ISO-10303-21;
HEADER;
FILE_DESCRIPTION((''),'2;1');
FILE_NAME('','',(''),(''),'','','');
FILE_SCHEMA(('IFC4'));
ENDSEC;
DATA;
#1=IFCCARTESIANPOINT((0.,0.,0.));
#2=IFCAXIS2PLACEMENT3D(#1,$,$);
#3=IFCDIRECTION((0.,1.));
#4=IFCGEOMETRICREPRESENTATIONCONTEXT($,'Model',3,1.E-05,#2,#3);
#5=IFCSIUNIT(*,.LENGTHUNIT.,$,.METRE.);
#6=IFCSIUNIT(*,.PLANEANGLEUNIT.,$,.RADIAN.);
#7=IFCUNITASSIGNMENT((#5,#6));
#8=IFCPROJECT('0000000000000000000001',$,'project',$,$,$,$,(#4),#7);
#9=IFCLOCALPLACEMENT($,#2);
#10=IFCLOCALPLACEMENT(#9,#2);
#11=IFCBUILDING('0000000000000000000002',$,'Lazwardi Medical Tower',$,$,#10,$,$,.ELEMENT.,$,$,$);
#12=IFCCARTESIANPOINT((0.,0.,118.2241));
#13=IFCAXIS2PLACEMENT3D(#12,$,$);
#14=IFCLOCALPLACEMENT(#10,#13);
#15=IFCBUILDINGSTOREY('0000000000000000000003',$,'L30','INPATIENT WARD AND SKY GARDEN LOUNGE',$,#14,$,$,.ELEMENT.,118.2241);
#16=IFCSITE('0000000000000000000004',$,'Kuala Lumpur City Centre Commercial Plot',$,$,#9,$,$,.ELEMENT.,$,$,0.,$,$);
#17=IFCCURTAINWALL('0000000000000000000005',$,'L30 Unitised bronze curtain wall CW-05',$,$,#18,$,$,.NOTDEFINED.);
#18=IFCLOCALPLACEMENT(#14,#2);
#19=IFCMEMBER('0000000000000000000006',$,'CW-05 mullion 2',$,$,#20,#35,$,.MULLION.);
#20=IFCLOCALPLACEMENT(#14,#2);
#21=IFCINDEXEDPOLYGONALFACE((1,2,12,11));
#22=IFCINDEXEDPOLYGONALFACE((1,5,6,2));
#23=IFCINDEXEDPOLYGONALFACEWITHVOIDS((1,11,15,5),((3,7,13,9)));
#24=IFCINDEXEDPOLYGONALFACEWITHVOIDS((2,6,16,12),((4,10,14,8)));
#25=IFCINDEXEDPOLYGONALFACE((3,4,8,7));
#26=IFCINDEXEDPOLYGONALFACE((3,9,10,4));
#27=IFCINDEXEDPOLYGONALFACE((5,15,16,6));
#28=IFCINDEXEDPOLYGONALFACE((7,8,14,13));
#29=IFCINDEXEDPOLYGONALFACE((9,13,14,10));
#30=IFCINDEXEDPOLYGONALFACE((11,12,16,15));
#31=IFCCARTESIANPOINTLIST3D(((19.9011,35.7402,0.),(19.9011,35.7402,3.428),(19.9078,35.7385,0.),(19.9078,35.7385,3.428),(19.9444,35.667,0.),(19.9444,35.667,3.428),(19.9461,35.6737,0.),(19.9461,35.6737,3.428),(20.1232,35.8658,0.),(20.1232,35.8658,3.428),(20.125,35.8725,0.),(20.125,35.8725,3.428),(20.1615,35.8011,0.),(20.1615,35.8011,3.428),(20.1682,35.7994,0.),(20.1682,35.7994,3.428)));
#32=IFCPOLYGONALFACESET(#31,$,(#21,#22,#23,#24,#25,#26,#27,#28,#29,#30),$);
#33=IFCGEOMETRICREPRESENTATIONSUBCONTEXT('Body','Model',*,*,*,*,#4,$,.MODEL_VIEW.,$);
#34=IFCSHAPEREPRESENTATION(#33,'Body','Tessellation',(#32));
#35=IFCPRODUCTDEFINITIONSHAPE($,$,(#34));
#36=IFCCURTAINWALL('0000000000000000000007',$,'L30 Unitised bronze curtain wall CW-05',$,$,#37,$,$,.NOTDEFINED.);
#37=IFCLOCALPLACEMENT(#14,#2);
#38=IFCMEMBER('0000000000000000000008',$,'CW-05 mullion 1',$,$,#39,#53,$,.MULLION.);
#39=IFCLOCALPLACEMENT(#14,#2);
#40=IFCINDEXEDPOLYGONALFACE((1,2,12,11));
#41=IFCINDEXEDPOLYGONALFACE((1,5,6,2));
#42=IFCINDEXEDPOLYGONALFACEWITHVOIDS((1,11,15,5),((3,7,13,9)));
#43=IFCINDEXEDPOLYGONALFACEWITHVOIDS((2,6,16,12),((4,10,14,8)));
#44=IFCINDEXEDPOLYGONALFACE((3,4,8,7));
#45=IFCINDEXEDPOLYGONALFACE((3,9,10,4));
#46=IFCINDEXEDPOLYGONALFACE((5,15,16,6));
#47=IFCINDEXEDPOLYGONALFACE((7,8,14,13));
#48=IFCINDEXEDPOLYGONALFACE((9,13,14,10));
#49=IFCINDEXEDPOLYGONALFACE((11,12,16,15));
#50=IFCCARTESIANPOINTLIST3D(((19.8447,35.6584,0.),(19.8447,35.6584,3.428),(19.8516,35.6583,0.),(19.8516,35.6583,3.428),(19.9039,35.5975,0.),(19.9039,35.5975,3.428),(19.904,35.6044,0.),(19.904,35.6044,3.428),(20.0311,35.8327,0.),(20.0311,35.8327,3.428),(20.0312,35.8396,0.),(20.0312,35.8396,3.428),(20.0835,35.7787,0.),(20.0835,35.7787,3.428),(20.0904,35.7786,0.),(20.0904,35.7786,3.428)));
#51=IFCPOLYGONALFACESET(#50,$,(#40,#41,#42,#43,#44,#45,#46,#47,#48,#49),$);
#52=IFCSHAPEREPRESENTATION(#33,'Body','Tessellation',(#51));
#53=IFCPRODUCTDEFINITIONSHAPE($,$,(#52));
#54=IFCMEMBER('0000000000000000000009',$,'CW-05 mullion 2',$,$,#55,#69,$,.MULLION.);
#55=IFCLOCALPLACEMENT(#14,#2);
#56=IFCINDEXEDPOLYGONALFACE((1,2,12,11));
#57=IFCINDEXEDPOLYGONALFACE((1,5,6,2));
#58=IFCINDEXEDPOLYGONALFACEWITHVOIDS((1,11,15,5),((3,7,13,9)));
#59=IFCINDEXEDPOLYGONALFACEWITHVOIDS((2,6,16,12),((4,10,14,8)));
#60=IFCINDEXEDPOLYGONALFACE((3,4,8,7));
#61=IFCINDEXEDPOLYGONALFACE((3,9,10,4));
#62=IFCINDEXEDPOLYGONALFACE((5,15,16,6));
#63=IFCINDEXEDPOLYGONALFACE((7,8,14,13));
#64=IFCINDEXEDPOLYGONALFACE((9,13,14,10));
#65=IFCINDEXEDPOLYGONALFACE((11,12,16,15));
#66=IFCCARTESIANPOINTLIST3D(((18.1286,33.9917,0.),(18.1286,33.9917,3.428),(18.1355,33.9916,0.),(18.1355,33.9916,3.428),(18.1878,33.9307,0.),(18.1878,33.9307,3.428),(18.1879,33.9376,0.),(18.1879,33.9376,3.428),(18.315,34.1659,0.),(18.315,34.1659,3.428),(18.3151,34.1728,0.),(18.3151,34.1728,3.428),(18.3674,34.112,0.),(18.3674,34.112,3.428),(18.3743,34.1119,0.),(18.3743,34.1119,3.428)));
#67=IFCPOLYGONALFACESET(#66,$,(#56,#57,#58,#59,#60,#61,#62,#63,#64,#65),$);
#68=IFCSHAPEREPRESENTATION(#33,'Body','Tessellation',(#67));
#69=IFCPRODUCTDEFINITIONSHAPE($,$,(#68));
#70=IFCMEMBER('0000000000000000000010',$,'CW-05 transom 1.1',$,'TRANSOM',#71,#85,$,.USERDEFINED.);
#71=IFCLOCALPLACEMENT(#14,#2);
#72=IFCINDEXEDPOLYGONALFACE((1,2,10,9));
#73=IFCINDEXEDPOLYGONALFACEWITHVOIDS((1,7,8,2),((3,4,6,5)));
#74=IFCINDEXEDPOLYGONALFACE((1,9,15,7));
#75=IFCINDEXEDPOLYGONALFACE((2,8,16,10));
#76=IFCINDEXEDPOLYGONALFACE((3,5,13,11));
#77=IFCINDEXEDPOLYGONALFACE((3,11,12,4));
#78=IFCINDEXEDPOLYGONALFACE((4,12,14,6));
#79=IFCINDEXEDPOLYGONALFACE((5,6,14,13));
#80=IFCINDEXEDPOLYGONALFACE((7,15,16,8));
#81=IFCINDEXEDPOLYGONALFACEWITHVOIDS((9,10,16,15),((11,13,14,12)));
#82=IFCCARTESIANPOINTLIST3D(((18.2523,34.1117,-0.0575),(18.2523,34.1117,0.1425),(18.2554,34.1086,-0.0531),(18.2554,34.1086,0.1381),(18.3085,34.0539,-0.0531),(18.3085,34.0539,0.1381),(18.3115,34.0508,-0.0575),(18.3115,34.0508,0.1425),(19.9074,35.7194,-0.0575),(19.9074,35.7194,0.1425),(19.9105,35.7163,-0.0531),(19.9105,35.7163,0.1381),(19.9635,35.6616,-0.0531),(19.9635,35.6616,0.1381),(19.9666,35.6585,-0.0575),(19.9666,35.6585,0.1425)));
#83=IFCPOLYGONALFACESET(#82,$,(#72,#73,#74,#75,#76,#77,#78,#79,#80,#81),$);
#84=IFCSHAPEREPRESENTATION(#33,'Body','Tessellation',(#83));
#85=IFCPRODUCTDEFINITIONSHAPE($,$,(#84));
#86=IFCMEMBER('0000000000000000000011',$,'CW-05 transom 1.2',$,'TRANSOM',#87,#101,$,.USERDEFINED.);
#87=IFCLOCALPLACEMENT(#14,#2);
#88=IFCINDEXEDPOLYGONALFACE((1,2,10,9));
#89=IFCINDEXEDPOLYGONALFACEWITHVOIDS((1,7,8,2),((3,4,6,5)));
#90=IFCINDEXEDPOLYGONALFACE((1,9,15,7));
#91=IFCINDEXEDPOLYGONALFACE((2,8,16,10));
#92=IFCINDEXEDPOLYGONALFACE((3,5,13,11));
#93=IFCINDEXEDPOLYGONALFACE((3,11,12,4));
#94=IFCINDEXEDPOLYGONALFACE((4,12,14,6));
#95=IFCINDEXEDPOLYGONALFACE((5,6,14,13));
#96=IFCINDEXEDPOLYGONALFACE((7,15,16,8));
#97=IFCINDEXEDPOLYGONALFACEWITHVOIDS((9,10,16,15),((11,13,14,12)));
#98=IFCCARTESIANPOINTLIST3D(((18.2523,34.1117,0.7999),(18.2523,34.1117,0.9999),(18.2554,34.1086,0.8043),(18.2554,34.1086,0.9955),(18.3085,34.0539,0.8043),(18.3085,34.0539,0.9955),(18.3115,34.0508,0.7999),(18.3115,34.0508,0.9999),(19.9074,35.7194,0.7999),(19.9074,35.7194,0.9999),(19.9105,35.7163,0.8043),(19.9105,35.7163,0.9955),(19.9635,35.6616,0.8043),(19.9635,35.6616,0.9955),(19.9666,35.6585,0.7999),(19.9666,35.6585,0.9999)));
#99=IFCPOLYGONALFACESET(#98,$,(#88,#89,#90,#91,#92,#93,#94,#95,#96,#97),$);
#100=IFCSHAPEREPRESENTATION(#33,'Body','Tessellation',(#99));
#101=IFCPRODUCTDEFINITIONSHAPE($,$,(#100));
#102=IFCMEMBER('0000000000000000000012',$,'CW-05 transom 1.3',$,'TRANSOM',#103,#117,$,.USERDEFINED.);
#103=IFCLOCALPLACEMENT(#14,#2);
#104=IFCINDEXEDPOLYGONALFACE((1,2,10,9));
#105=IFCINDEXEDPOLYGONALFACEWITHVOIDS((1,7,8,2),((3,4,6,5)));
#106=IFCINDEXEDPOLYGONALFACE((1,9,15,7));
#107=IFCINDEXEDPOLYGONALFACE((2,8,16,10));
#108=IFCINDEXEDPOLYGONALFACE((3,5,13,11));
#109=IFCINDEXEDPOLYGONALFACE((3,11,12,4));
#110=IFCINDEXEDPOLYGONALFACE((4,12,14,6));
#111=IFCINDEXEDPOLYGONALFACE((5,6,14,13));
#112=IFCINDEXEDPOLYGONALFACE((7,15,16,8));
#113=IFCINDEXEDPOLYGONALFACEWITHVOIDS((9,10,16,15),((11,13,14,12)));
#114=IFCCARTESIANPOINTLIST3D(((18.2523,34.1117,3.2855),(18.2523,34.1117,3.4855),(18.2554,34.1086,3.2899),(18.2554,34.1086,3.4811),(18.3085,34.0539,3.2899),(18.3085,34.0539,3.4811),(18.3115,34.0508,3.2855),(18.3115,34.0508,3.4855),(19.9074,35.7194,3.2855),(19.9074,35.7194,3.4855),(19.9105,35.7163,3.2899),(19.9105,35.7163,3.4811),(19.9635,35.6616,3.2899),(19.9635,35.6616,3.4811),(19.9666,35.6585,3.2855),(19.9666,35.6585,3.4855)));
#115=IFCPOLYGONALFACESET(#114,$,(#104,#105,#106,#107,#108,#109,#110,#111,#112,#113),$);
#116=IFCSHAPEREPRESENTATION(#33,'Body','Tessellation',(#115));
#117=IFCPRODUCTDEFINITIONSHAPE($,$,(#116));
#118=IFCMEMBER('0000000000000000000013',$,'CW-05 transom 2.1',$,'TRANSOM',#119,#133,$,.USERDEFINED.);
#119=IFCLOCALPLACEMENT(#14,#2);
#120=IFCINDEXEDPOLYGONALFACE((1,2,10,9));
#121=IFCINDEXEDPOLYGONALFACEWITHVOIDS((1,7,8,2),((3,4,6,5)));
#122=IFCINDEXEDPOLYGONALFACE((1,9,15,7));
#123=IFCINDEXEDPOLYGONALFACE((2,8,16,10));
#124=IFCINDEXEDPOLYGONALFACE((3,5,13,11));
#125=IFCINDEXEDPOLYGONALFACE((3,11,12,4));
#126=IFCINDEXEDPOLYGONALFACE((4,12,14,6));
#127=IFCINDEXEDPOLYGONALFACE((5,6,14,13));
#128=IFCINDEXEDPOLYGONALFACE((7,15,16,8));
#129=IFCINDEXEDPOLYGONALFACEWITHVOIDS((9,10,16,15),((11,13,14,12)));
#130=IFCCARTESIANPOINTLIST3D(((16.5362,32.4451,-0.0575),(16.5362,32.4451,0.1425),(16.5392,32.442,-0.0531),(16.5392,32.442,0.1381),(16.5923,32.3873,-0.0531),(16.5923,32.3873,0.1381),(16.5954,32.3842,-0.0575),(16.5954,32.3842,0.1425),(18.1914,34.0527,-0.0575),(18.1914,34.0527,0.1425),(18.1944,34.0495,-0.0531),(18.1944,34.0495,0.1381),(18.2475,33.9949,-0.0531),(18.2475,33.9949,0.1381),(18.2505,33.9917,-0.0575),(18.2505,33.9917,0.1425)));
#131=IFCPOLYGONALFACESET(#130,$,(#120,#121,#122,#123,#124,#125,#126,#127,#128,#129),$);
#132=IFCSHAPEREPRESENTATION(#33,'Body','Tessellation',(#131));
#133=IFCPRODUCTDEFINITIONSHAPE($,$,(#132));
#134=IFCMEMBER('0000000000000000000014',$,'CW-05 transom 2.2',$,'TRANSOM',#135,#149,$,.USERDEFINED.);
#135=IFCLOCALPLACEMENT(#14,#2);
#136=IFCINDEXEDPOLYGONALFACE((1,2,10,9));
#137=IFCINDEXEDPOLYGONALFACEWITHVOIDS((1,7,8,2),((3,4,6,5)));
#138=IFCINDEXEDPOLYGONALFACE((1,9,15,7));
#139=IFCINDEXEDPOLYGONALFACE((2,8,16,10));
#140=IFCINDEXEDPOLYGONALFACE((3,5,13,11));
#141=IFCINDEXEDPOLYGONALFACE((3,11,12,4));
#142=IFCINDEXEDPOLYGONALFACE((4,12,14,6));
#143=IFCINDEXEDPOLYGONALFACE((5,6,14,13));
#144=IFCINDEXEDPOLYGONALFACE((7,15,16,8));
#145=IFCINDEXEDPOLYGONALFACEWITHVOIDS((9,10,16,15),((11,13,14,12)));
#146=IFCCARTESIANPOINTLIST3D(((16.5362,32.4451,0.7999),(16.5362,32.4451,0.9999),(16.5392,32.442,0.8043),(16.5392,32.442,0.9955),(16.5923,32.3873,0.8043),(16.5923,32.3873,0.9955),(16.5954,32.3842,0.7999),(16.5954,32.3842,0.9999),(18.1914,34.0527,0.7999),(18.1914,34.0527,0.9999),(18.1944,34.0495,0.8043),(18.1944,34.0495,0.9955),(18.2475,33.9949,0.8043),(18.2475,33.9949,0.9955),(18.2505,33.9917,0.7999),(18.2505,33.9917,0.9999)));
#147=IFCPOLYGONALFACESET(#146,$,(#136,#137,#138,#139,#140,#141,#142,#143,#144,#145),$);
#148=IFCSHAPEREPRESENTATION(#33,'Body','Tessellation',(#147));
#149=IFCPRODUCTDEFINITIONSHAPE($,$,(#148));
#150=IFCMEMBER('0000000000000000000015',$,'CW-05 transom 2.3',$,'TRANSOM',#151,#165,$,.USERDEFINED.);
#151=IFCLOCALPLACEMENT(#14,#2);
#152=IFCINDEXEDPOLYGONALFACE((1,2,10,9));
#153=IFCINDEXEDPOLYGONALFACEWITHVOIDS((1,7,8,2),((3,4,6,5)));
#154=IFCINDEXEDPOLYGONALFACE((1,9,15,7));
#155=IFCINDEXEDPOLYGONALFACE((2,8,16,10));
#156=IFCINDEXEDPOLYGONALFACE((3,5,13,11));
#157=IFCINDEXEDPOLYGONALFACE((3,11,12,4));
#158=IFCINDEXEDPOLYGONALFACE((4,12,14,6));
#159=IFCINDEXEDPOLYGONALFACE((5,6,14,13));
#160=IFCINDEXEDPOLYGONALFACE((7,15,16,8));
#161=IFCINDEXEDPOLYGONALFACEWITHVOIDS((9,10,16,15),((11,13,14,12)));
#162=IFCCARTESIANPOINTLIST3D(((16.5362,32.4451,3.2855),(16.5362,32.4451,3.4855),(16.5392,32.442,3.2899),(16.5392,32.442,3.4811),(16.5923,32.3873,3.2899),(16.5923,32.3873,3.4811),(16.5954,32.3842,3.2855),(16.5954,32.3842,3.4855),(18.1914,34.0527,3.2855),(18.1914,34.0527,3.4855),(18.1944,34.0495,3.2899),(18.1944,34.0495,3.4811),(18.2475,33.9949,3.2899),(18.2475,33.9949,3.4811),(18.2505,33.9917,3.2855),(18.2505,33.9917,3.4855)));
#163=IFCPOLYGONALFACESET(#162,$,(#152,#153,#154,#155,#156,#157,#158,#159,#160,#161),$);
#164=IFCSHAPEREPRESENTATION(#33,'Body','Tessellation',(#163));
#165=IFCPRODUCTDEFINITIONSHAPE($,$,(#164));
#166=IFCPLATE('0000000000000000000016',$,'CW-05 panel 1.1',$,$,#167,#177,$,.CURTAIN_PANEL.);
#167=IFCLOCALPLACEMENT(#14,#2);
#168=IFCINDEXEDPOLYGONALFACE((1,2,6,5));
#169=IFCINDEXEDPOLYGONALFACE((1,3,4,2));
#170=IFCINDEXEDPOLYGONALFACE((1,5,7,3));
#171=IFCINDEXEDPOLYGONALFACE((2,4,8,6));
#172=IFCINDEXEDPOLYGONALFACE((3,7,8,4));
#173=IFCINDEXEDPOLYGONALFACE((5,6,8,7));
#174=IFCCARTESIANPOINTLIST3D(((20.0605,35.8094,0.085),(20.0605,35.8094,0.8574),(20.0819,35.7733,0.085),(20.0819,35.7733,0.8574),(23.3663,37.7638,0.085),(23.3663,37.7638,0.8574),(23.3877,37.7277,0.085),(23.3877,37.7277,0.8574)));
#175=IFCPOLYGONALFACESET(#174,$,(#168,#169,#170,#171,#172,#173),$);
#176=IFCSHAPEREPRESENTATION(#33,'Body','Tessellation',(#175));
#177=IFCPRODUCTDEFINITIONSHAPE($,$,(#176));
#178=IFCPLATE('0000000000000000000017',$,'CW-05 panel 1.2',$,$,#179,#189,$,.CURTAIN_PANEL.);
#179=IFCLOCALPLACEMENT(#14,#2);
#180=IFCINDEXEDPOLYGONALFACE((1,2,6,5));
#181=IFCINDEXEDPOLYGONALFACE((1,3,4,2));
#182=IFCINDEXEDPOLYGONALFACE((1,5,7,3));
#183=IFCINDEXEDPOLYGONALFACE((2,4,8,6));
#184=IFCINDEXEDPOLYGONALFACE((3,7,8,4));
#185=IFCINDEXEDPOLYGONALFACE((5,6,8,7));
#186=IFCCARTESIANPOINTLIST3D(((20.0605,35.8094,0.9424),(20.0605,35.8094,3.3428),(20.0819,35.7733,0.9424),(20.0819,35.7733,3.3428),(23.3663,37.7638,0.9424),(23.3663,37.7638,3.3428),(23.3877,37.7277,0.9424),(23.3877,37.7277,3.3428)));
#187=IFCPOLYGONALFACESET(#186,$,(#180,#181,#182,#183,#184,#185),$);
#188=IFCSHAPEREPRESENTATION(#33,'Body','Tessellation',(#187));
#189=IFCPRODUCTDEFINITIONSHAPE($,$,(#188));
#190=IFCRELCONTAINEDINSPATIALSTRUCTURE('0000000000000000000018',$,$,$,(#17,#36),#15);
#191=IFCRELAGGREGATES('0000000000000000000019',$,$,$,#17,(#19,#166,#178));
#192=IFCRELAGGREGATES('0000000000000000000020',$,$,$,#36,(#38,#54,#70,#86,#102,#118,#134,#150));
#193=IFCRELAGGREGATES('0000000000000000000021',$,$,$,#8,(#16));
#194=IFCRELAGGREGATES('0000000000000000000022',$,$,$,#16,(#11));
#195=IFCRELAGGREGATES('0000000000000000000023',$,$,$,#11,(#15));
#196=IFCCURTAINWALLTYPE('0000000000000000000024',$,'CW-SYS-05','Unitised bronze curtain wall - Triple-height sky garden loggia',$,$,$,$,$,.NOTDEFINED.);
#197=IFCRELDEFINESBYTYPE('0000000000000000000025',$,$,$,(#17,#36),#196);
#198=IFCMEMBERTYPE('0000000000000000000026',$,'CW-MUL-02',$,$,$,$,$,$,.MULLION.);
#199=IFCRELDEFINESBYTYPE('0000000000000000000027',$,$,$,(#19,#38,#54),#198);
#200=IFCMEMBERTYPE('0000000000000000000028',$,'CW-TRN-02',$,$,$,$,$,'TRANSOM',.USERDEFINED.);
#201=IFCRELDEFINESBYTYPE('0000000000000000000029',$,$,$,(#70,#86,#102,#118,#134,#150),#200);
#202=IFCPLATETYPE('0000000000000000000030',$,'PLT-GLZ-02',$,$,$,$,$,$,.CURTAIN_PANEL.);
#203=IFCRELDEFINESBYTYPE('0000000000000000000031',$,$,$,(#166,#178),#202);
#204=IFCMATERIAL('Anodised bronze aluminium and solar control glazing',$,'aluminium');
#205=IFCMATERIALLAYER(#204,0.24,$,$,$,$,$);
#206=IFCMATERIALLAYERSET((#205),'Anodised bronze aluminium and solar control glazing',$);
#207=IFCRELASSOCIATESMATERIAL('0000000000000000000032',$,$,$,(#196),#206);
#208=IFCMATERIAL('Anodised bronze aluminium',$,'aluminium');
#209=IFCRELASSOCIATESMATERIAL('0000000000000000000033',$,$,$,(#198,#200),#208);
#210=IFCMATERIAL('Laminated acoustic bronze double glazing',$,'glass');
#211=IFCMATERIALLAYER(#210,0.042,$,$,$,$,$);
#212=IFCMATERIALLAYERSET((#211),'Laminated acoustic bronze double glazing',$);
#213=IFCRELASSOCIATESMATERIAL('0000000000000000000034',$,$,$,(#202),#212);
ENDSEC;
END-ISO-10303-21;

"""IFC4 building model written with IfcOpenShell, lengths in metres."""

from ifc_helpers import new_model, si_unit, direction, frame, origin, origin_2d, place, context, subcontext, project, spatial, rectangle, hollow_rectangle, extrude, material, layer, layer_set, material_profile, profile_set, type_object, element, aggregate, save


model = new_model("IFC4")

# Units and contexts
model_context = context("Model", 3, precision=1e-05, world=origin(), true_north=direction((0.0, 1.0)))
body_context = subcontext(model_context, "Body", "Model", "MODEL_VIEW")
ifc_project = project(units=[si_unit("LENGTHUNIT", "METRE"), si_unit("PLANEANGLEUNIT", "RADIAN")], contexts=[model_context])

# Site, building, storey
site_placement = place(None, origin())
site = spatial("IfcSite", under=ifc_project, at=site_placement, Name="Kuala Lumpur City Centre Commercial Plot", CompositionType="ELEMENT", RefElevation=0.0)
building_placement = place(site_placement, origin())
building = spatial("IfcBuilding", under=site, at=building_placement, Name="Lazwardi Medical Tower", CompositionType="ELEMENT")
storey_placement = place(building_placement, frame((0.0, 0.0, 118.2241)))
storey = spatial("IfcBuildingStorey", under=building, at=storey_placement, Name="L30", Description="INPATIENT WARD AND SKY GARDEN LOUNGE", CompositionType="ELEMENT", Elevation=118.2241)

# Curtain wall, member
ifc_material_1 = material(Name="Anodised bronze aluminium and solar control glazing", Category="aluminium")
ifc_layer_1 = layer(ifc_material_1, 0.24)
ifc_layer_set_1 = layer_set([ifc_layer_1], Name="Anodised bronze aluminium and solar control glazing")
curtain_wall_type = type_object("IfcCurtainWallType", Name="CW-SYS-05", Description="Unitised bronze curtain wall - Triple-height sky garden loggia", PredefinedType="NOTDEFINED", material=ifc_layer_set_1)
curtain_wall_1_placement = place(storey_placement, origin())
curtain_wall_1 = element("IfcCurtainWall", 1, at=curtain_wall_1_placement, inside=storey, type_object=curtain_wall_type, Name="L30 Unitised bronze curtain wall CW-05", PredefinedType="NOTDEFINED")
ifc_material_2 = material(Name="Anodised bronze aluminium", Category="aluminium")
ifc_material_profile_1 = material_profile(ifc_material_2, hollow_rectangle(XDim=0.085, YDim=0.26, WallThickness=0.0049, at=origin_2d()), Name="ALU-MULLION 260x85x5")
ifc_profile_set_1 = profile_set([ifc_material_profile_1], Name="Anodised bronze aluminium")
member_type_1 = type_object("IfcMemberType", Name="CW-MUL-02", PredefinedType="MULLION", material=ifc_profile_set_1)
member_1_placement = place(storey_placement, frame((20.0347, 35.7698, 0.0), z_axis=(0.0, 0.0, 1.0), x_axis=(0.508918, -0.860815, 0.0)))
member_1 = element("IfcMember", 2, at=member_1_placement, type_object=member_type_1, Name="CW-05 mullion 2", PredefinedType="MULLION", context=body_context, shape_type="SweptSolid", body=[
    extrude(hollow_rectangle(XDim=0.085, YDim=0.26, WallThickness=0.0049, at=origin_2d()), origin(), (0.0, 0.0, 1.0), 3.428),
])

# Curtain wall, members
curtain_wall_2_placement = place(storey_placement, origin())
curtain_wall_2 = element("IfcCurtainWall", 3, at=curtain_wall_2_placement, inside=storey, type_object=curtain_wall_type, Name="L30 Unitised bronze curtain wall CW-05", PredefinedType="NOTDEFINED")
member_2_placement = place(storey_placement, frame((19.9675, 35.7185, 0.0), z_axis=(0.0, 0.0, 1.0), x_axis=(0.696712, -0.717351, 0.0)))
member_2 = element("IfcMember", 4, at=member_2_placement, type_object=member_type_1, Name="CW-05 mullion 1", PredefinedType="MULLION", context=body_context, shape_type="SweptSolid", body=[
    extrude(hollow_rectangle(XDim=0.085, YDim=0.26, WallThickness=0.0049, at=origin_2d()), origin(), (0.0, 0.0, 1.0), 3.428),
])
member_3_placement = place(storey_placement, frame((18.2515, 34.0518, 0.0), z_axis=(0.0, 0.0, 1.0), x_axis=(0.696712, -0.717351, 0.0)))
member_3 = element("IfcMember", 5, at=member_3_placement, type_object=member_type_1, Name="CW-05 mullion 2", PredefinedType="MULLION", context=body_context, shape_type="SweptSolid", body=[
    extrude(hollow_rectangle(XDim=0.085, YDim=0.26, WallThickness=0.0049, at=origin_2d()), origin(), (0.0, 0.0, 1.0), 3.428),
])
ifc_material_profile_2 = material_profile(ifc_material_2, hollow_rectangle(XDim=0.085, YDim=0.2, WallThickness=0.0044, at=origin_2d()), Name="ALU-TRANSOM 200x85x4.5")
ifc_profile_set_2 = profile_set([ifc_material_profile_2], Name="Anodised bronze aluminium")
member_type_2 = type_object("IfcMemberType", Name="CW-TRN-02", ElementType="TRANSOM", PredefinedType="USERDEFINED", material=ifc_profile_set_2)
member_4_placement = place(storey_placement, frame((19.937, 35.689, 0.0425), z_axis=(-0.717296, -0.696769, 0.0), x_axis=(0.696769, -0.717296, 0.0)))
member_4 = element("IfcMember", 6, at=member_4_placement, type_object=member_type_2, Name="CW-05 transom 1.1", ObjectType="TRANSOM", PredefinedType="USERDEFINED", context=body_context, shape_type="SweptSolid", body=[
    extrude(hollow_rectangle(XDim=0.085, YDim=0.2, WallThickness=0.0044, at=origin_2d()), origin(), (0.0, 0.0, 1.0), 2.3074),
])
member_5_placement = place(storey_placement, frame((19.937, 35.689, 0.8999), z_axis=(-0.717296, -0.696769, 0.0), x_axis=(0.696769, -0.717296, 0.0)))
member_5 = element("IfcMember", 7, at=member_5_placement, type_object=member_type_2, Name="CW-05 transom 1.2", ObjectType="TRANSOM", PredefinedType="USERDEFINED", context=body_context, shape_type="SweptSolid", body=[
    extrude(hollow_rectangle(XDim=0.085, YDim=0.2, WallThickness=0.0044, at=origin_2d()), origin(), (0.0, 0.0, 1.0), 2.3074),
])
member_6_placement = place(storey_placement, frame((19.937, 35.689, 3.3855), z_axis=(-0.717296, -0.696769, 0.0), x_axis=(0.696769, -0.717296, 0.0)))
member_6 = element("IfcMember", 8, at=member_6_placement, type_object=member_type_2, Name="CW-05 transom 1.3", ObjectType="TRANSOM", PredefinedType="USERDEFINED", context=body_context, shape_type="SweptSolid", body=[
    extrude(hollow_rectangle(XDim=0.085, YDim=0.2, WallThickness=0.0044, at=origin_2d()), origin(), (0.0, 0.0, 1.0), 2.3074),
])
member_7_placement = place(storey_placement, frame((18.2209, 34.0222, 0.0425), z_axis=(-0.717347, -0.696716, 0.0), x_axis=(0.696716, -0.717347, 0.0)))
member_7 = element("IfcMember", 9, at=member_7_placement, type_object=member_type_2, Name="CW-05 transom 2.1", ObjectType="TRANSOM", PredefinedType="USERDEFINED", context=body_context, shape_type="SweptSolid", body=[
    extrude(hollow_rectangle(XDim=0.085, YDim=0.2, WallThickness=0.0044, at=origin_2d()), origin(), (0.0, 0.0, 1.0), 2.3074),
])
member_8_placement = place(storey_placement, frame((18.2209, 34.0222, 0.8999), z_axis=(-0.717347, -0.696716, 0.0), x_axis=(0.696716, -0.717347, 0.0)))
member_8 = element("IfcMember", 10, at=member_8_placement, type_object=member_type_2, Name="CW-05 transom 2.2", ObjectType="TRANSOM", PredefinedType="USERDEFINED", context=body_context, shape_type="SweptSolid", body=[
    extrude(hollow_rectangle(XDim=0.085, YDim=0.2, WallThickness=0.0044, at=origin_2d()), origin(), (0.0, 0.0, 1.0), 2.3074),
])
member_9_placement = place(storey_placement, frame((18.2209, 34.0222, 3.3855), z_axis=(-0.717347, -0.696716, 0.0), x_axis=(0.696716, -0.717347, 0.0)))
member_9 = element("IfcMember", 11, at=member_9_placement, type_object=member_type_2, Name="CW-05 transom 2.3", ObjectType="TRANSOM", PredefinedType="USERDEFINED", context=body_context, shape_type="SweptSolid", body=[
    extrude(hollow_rectangle(XDim=0.085, YDim=0.2, WallThickness=0.0044, at=origin_2d()), origin(), (0.0, 0.0, 1.0), 2.3074),
])

# Plates
ifc_material_3 = material(Name="Laminated acoustic bronze double glazing", Category="glass")
ifc_layer_2 = layer(ifc_material_3, 0.042)
ifc_layer_set_2 = layer_set([ifc_layer_2], Name="Laminated acoustic bronze double glazing")
plate_type = type_object("IfcPlateType", Name="PLT-GLZ-02", PredefinedType="CURTAIN_PANEL", material=ifc_layer_set_2)
plate_1_placement = place(storey_placement, frame((21.7241, 36.7686, 0.085), z_axis=(0.0, 0.0, 1.0), x_axis=(-0.860815, -0.508918, 0.0)))
plate_1 = element("IfcPlate", 12, at=plate_1_placement, type_object=plate_type, Name="CW-05 panel 1.1", PredefinedType="CURTAIN_PANEL", context=body_context, shape_type="SweptSolid", body=[
    extrude(rectangle(XDim=3.8403, YDim=0.042, at=origin_2d()), origin(), (0.0, 0.0, 1.0), 0.7725),
])
plate_2_placement = place(storey_placement, frame((21.7241, 36.7686, 0.9424), z_axis=(0.0, 0.0, 1.0), x_axis=(-0.860815, -0.508918, 0.0)))
plate_2 = element("IfcPlate", 13, at=plate_2_placement, type_object=plate_type, Name="CW-05 panel 1.2", PredefinedType="CURTAIN_PANEL", context=body_context, shape_type="SweptSolid", body=[
    extrude(rectangle(XDim=3.8403, YDim=0.042, at=origin_2d()), origin(), (0.0, 0.0, 1.0), 2.4004),
])
aggregate(curtain_wall_1, [member_1, plate_1, plate_2])
aggregate(curtain_wall_2, [member_2, member_3, member_4, member_5, member_6, member_7, member_8, member_9])

save(model, "model.ifc")
